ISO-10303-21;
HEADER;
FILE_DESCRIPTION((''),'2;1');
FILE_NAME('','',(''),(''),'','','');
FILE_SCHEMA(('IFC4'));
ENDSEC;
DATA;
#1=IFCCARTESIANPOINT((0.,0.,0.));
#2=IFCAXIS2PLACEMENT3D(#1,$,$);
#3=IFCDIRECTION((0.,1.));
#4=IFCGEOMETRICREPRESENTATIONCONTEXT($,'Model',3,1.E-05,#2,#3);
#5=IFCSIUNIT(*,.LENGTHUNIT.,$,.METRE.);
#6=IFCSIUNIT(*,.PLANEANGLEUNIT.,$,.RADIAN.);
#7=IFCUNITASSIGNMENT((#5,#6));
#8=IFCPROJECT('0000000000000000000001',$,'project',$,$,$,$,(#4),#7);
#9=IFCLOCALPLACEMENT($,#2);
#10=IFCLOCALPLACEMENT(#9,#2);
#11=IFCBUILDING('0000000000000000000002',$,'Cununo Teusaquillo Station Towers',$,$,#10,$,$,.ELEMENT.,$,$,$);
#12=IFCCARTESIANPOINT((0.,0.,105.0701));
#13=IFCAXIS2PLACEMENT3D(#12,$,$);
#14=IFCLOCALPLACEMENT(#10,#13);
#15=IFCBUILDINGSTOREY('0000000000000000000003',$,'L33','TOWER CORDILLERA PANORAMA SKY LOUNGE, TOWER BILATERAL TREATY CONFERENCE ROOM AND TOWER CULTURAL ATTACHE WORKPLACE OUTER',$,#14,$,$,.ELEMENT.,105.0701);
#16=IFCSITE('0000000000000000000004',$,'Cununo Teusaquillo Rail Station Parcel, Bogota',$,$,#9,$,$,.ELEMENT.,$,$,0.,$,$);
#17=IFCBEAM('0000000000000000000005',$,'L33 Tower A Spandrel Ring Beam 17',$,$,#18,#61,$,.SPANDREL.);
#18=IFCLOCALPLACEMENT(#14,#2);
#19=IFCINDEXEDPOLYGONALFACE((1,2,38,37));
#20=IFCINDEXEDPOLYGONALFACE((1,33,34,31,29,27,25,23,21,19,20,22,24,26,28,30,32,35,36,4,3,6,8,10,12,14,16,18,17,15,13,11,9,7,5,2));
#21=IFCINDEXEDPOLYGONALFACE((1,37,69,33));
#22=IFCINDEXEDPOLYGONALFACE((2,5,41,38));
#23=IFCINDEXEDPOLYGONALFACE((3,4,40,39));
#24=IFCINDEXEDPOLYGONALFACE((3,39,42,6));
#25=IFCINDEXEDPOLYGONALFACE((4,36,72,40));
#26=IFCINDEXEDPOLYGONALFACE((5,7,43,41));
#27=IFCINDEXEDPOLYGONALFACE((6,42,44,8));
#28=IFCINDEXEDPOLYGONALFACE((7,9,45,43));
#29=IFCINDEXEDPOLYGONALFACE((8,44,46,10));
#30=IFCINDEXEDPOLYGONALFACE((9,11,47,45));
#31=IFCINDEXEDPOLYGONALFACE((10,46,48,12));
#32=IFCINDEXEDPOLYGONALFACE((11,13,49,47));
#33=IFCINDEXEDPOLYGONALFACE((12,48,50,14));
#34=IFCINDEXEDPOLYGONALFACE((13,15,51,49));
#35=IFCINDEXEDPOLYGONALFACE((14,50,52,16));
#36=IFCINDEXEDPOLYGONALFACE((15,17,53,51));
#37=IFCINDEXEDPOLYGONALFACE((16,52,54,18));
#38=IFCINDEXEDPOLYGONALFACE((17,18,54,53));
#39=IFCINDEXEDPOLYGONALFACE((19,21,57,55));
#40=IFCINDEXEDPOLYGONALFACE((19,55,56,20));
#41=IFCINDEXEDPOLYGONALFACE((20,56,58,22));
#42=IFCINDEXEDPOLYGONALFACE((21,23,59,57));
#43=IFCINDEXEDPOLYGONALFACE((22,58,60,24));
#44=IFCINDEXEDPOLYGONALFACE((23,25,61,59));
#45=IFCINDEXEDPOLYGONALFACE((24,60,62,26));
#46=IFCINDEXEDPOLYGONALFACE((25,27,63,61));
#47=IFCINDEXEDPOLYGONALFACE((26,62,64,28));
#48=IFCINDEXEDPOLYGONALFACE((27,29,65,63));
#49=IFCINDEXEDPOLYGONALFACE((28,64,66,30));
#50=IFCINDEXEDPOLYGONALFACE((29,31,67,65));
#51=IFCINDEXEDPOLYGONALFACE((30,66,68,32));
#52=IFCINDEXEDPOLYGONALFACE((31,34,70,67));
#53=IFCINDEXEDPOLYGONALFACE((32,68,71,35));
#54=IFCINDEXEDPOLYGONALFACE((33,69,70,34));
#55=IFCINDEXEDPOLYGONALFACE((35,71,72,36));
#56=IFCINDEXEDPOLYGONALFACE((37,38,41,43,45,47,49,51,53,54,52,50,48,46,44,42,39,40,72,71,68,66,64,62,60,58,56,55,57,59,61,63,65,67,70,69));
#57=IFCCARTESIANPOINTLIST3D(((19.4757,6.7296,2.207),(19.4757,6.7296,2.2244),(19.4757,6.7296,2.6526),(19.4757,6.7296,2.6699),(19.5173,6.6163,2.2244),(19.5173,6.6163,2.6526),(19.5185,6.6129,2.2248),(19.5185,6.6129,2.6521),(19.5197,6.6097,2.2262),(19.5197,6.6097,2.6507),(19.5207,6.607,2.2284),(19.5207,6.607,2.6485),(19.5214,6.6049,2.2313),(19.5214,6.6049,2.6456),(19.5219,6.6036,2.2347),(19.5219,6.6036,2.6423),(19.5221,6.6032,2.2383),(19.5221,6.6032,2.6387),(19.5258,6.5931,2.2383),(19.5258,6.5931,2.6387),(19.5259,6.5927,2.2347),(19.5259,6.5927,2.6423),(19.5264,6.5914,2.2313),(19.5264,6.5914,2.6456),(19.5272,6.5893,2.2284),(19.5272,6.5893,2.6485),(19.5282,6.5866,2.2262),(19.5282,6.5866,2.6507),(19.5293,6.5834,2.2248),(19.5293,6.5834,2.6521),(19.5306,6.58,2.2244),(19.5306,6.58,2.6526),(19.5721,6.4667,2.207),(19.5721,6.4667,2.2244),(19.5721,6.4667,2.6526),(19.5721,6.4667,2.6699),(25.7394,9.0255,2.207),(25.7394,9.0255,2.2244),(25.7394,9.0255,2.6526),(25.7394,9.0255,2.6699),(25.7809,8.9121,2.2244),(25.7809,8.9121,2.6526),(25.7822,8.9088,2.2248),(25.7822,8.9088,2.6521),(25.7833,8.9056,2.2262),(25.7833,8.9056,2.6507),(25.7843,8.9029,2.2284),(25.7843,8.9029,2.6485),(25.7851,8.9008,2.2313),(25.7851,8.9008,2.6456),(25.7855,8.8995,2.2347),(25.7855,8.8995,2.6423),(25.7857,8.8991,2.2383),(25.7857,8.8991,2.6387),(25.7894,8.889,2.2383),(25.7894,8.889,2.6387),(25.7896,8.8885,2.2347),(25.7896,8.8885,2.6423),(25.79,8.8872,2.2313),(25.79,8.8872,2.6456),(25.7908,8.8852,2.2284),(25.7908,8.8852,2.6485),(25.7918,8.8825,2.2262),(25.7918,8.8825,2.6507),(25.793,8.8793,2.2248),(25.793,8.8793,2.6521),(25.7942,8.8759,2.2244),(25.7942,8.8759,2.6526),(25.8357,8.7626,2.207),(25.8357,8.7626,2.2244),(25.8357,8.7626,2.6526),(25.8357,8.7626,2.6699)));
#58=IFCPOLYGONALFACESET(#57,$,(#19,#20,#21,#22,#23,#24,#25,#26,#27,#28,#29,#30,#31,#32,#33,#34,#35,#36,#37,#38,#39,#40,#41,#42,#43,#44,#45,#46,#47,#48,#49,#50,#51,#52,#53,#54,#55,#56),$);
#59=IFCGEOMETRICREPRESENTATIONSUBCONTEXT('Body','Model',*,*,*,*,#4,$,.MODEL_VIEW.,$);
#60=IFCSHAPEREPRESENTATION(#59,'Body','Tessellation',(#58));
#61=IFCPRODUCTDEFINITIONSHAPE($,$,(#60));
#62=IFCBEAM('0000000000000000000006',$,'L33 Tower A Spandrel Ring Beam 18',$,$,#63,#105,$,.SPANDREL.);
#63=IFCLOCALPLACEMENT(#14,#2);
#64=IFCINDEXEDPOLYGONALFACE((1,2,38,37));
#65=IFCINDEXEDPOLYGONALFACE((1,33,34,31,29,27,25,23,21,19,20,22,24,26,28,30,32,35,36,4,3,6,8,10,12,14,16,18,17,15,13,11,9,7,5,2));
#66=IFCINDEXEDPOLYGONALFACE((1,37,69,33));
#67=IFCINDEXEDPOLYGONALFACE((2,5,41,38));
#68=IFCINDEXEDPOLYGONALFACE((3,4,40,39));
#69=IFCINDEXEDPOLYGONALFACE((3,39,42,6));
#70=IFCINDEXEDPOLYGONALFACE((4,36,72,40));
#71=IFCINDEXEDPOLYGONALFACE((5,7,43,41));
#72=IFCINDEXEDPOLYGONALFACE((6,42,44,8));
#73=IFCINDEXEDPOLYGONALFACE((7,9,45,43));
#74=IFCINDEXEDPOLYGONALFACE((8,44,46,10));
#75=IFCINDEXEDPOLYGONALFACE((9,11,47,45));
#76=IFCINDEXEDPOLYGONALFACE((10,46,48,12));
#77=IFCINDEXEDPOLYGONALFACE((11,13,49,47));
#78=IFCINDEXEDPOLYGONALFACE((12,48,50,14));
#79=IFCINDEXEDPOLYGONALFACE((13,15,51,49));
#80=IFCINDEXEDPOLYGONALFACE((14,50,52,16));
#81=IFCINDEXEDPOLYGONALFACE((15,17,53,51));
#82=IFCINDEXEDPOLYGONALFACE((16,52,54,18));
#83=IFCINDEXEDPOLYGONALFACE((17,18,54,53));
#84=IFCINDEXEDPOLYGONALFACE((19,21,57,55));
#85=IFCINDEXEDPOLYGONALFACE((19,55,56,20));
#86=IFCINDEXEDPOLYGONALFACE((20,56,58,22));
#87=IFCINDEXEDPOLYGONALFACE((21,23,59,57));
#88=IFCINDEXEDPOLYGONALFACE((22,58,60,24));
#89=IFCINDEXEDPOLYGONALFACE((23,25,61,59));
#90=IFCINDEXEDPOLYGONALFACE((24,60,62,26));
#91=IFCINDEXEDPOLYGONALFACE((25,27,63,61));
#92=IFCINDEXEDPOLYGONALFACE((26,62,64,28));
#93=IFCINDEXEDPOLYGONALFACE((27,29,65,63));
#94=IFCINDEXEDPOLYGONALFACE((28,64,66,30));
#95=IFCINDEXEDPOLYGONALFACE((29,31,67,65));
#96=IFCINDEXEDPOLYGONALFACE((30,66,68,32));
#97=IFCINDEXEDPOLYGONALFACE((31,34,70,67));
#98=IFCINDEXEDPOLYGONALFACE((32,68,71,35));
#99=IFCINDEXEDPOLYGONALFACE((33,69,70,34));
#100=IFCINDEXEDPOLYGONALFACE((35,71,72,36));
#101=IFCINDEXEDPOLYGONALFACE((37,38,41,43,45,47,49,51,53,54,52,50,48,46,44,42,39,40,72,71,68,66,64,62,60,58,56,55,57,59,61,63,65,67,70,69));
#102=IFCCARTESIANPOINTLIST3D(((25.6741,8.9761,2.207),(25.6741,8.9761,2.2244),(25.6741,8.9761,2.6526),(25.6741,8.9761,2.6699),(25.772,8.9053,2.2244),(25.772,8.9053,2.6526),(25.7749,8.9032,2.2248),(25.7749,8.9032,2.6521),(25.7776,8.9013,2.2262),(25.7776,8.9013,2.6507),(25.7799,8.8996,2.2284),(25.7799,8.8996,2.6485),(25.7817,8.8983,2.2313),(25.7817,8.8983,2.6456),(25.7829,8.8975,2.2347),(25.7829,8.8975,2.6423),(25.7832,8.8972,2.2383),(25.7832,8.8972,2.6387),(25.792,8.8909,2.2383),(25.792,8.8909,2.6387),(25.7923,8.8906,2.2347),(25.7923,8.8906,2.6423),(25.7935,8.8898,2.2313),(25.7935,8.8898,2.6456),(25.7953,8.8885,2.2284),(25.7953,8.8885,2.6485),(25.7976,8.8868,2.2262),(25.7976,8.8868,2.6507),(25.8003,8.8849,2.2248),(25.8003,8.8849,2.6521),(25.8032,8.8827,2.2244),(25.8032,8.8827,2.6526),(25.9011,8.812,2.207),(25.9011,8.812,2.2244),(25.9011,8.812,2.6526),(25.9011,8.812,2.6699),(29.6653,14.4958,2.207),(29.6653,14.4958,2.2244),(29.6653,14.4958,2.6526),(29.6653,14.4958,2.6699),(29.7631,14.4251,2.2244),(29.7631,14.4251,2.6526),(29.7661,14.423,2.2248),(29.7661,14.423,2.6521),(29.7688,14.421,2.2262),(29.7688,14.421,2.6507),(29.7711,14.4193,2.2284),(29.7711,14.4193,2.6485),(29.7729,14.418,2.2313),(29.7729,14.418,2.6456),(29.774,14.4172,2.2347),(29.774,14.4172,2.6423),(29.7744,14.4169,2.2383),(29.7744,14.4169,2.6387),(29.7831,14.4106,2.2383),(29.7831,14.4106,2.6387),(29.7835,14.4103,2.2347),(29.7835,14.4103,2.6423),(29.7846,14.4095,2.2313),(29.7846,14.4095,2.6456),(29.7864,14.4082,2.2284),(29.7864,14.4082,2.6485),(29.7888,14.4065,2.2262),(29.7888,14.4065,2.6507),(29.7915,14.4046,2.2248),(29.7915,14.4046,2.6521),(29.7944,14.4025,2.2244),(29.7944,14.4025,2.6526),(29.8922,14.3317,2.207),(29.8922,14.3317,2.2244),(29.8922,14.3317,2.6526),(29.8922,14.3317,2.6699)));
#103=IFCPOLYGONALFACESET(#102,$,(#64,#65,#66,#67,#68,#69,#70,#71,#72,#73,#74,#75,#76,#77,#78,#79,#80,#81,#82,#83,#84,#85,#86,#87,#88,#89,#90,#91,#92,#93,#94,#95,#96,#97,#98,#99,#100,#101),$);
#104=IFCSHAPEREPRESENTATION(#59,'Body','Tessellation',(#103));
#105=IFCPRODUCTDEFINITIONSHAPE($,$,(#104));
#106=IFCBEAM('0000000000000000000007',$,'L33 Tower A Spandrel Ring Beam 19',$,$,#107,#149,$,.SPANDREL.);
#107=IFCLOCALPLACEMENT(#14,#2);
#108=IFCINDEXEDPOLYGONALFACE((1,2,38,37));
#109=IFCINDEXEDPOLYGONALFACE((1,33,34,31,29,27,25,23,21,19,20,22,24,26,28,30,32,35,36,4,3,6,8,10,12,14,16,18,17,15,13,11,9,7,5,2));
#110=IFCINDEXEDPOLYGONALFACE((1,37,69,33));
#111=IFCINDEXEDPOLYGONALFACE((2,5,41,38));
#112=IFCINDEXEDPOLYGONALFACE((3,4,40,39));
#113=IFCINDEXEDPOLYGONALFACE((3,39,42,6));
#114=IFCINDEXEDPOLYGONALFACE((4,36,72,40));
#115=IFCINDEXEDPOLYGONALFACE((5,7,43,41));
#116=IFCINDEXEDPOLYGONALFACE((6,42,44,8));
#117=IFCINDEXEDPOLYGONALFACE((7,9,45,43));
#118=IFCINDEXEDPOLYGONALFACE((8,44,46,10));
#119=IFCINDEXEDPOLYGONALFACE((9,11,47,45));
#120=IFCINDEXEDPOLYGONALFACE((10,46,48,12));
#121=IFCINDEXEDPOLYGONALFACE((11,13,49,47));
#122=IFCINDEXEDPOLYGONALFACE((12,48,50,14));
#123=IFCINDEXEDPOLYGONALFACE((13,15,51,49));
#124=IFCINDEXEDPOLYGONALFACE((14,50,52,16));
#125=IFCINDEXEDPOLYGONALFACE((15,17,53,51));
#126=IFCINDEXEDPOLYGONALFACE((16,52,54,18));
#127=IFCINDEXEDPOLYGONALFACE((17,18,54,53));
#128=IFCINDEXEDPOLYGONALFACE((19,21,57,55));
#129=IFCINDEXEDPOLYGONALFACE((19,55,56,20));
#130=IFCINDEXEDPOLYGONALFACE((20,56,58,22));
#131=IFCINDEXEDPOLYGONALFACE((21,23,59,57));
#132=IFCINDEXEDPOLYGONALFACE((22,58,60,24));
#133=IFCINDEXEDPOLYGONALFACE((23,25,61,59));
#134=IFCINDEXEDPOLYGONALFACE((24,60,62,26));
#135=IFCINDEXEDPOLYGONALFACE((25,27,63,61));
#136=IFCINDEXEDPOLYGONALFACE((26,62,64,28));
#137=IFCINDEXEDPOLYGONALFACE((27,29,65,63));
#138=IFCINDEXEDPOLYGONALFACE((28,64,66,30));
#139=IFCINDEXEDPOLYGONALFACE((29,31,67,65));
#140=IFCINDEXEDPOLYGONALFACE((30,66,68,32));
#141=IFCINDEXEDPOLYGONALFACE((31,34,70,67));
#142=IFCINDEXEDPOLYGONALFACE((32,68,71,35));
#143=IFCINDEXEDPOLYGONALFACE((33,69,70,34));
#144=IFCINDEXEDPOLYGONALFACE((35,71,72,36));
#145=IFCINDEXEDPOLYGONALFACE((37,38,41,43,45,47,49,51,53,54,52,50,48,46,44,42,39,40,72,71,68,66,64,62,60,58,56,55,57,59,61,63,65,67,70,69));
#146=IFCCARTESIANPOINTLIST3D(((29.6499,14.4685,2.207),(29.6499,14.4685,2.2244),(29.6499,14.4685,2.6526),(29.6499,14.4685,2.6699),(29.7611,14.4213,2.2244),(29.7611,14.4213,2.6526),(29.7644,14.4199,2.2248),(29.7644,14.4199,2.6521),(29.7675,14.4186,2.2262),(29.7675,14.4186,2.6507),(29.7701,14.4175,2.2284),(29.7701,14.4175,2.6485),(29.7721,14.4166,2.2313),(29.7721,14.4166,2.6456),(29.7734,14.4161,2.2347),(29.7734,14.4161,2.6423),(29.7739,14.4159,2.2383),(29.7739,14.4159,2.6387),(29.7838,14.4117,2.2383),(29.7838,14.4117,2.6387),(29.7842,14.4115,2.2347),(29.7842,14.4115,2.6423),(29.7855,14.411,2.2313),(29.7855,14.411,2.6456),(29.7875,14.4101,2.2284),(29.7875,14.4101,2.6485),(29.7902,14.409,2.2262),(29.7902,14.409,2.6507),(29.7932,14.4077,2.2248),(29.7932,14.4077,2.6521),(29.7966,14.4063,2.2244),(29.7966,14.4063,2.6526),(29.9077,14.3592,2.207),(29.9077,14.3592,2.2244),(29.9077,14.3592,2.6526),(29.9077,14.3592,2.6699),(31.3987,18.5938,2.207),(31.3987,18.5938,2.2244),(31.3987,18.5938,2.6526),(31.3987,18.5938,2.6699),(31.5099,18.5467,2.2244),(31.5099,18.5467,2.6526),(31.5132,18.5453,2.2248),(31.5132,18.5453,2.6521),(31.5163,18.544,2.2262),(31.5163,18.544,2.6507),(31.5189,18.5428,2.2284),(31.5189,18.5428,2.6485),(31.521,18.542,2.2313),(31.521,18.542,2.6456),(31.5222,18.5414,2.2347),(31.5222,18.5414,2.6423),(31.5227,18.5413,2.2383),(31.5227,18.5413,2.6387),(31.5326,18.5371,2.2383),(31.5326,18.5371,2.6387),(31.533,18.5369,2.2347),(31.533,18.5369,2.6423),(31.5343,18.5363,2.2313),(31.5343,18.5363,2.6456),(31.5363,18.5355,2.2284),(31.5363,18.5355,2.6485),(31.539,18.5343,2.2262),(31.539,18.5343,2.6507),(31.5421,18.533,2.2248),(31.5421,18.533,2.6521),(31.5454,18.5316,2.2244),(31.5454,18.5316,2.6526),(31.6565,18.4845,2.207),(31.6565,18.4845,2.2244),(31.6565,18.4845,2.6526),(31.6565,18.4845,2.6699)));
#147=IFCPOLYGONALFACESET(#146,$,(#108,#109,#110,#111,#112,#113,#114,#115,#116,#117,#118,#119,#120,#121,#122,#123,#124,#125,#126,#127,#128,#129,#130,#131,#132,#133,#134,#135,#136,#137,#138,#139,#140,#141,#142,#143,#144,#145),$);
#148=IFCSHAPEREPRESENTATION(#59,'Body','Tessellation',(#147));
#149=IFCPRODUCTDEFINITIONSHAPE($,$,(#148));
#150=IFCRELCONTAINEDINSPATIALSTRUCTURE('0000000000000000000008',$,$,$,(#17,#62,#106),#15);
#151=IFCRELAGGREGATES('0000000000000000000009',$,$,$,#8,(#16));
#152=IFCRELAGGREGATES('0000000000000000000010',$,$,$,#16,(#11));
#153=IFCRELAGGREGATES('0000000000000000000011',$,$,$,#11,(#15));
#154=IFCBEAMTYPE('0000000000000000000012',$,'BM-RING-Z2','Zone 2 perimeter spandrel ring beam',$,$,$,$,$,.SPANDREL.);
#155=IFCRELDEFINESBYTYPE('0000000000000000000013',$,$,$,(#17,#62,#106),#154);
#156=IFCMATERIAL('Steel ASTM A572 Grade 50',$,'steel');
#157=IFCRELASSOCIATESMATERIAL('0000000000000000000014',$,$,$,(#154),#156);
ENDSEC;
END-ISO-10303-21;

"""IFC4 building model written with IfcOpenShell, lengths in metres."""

from ifc_helpers import new_model, si_unit, direction, frame, origin, origin_2d, place, context, subcontext, project, spatial, i_section, extrude, material, material_profile, profile_set, type_object, element, save


model = new_model("IFC4")

# Units and contexts
model_context = context("Model", 3, precision=1e-05, world=origin(), true_north=direction((0.0, 1.0)))
body_context = subcontext(model_context, "Body", "Model", "MODEL_VIEW")
ifc_project = project(units=[si_unit("LENGTHUNIT", "METRE"), si_unit("PLANEANGLEUNIT", "RADIAN")], contexts=[model_context])

# Site, building, storey
site_placement = place(None, origin())
site = spatial("IfcSite", under=ifc_project, at=site_placement, Name="Cununo Teusaquillo Rail Station Parcel, Bogota", CompositionType="ELEMENT", RefElevation=0.0)
building_placement = place(site_placement, origin())
building = spatial("IfcBuilding", under=site, at=building_placement, Name="Cununo Teusaquillo Station Towers", CompositionType="ELEMENT")
storey_placement = place(building_placement, frame((0.0, 0.0, 105.0701)))
storey = spatial("IfcBuildingStorey", under=building, at=storey_placement, Name="L33", Description="TOWER CORDILLERA PANORAMA SKY LOUNGE, TOWER BILATERAL TREATY CONFERENCE ROOM AND TOWER CULTURAL ATTACHE WORKPLACE OUTER", CompositionType="ELEMENT", Elevation=105.0701)

# Beams
ifc_material_1 = material(Name="Steel ASTM A572 Grade 50", Category="steel")
ifc_material_profile_1 = material_profile(ifc_material_1, i_section(OverallWidth=0.28, OverallDepth=0.4629, WebThickness=0.0107, FlangeThickness=0.0173, FilletRadius=0.0139, at=origin_2d()), Name="W18X76")
ifc_profile_set_1 = profile_set([ifc_material_profile_1], Name="Steel ASTM A572 Grade 50")
beam_type_1 = type_object("IfcBeamType", Name="BM-RING-Z2", Description="Zone 2 perimeter spandrel ring beam", PredefinedType="SPANDREL", material=ifc_profile_set_1)
beam_1_placement = place(storey_placement, frame((19.5239, 6.5981, 2.4385), z_axis=(0.938914, 0.344151, 0.0), x_axis=(-0.344151, 0.938914, 0.0)))
element("IfcBeam", 1, at=beam_1_placement, inside=storey, type_object=beam_type_1, Name="L33 Tower A Spandrel Ring Beam 17", PredefinedType="SPANDREL", context=body_context, shape_type="SweptSolid", body=[
    extrude(i_section(OverallWidth=0.28, OverallDepth=0.4629, WebThickness=0.0107, FlangeThickness=0.0173, FilletRadius=0.0139, at=origin_2d()), origin(), (0.0, 0.0, 1.0), 6.6711),
])
beam_2_placement = place(storey_placement, frame((25.7876, 8.894, 2.4385), z_axis=(0.585945, 0.810351, 0.0), x_axis=(-0.810351, 0.585945, 0.0)))
element("IfcBeam", 2, at=beam_2_placement, inside=storey, type_object=beam_type_1, Name="L33 Tower A Spandrel Ring Beam 18", PredefinedType="SPANDREL", context=body_context, shape_type="SweptSolid", body=[
    extrude(i_section(OverallWidth=0.28, OverallDepth=0.4629, WebThickness=0.0107, FlangeThickness=0.0173, FilletRadius=0.0139, at=origin_2d()), origin(), (0.0, 0.0, 1.0), 6.8115),
])
beam_3_placement = place(storey_placement, frame((29.7788, 14.4138, 2.4385), z_axis=(0.390299, 0.920688, 0.0), x_axis=(-0.920688, 0.390299, 0.0)))
element("IfcBeam", 3, at=beam_3_placement, inside=storey, type_object=beam_type_1, Name="L33 Tower A Spandrel Ring Beam 19", PredefinedType="SPANDREL", context=body_context, shape_type="SweptSolid", body=[
    extrude(i_section(OverallWidth=0.28, OverallDepth=0.4629, WebThickness=0.0107, FlangeThickness=0.0173, FilletRadius=0.0139, at=origin_2d()), origin(), (0.0, 0.0, 1.0), 4.4807),
])

save(model, "model.ifc")
